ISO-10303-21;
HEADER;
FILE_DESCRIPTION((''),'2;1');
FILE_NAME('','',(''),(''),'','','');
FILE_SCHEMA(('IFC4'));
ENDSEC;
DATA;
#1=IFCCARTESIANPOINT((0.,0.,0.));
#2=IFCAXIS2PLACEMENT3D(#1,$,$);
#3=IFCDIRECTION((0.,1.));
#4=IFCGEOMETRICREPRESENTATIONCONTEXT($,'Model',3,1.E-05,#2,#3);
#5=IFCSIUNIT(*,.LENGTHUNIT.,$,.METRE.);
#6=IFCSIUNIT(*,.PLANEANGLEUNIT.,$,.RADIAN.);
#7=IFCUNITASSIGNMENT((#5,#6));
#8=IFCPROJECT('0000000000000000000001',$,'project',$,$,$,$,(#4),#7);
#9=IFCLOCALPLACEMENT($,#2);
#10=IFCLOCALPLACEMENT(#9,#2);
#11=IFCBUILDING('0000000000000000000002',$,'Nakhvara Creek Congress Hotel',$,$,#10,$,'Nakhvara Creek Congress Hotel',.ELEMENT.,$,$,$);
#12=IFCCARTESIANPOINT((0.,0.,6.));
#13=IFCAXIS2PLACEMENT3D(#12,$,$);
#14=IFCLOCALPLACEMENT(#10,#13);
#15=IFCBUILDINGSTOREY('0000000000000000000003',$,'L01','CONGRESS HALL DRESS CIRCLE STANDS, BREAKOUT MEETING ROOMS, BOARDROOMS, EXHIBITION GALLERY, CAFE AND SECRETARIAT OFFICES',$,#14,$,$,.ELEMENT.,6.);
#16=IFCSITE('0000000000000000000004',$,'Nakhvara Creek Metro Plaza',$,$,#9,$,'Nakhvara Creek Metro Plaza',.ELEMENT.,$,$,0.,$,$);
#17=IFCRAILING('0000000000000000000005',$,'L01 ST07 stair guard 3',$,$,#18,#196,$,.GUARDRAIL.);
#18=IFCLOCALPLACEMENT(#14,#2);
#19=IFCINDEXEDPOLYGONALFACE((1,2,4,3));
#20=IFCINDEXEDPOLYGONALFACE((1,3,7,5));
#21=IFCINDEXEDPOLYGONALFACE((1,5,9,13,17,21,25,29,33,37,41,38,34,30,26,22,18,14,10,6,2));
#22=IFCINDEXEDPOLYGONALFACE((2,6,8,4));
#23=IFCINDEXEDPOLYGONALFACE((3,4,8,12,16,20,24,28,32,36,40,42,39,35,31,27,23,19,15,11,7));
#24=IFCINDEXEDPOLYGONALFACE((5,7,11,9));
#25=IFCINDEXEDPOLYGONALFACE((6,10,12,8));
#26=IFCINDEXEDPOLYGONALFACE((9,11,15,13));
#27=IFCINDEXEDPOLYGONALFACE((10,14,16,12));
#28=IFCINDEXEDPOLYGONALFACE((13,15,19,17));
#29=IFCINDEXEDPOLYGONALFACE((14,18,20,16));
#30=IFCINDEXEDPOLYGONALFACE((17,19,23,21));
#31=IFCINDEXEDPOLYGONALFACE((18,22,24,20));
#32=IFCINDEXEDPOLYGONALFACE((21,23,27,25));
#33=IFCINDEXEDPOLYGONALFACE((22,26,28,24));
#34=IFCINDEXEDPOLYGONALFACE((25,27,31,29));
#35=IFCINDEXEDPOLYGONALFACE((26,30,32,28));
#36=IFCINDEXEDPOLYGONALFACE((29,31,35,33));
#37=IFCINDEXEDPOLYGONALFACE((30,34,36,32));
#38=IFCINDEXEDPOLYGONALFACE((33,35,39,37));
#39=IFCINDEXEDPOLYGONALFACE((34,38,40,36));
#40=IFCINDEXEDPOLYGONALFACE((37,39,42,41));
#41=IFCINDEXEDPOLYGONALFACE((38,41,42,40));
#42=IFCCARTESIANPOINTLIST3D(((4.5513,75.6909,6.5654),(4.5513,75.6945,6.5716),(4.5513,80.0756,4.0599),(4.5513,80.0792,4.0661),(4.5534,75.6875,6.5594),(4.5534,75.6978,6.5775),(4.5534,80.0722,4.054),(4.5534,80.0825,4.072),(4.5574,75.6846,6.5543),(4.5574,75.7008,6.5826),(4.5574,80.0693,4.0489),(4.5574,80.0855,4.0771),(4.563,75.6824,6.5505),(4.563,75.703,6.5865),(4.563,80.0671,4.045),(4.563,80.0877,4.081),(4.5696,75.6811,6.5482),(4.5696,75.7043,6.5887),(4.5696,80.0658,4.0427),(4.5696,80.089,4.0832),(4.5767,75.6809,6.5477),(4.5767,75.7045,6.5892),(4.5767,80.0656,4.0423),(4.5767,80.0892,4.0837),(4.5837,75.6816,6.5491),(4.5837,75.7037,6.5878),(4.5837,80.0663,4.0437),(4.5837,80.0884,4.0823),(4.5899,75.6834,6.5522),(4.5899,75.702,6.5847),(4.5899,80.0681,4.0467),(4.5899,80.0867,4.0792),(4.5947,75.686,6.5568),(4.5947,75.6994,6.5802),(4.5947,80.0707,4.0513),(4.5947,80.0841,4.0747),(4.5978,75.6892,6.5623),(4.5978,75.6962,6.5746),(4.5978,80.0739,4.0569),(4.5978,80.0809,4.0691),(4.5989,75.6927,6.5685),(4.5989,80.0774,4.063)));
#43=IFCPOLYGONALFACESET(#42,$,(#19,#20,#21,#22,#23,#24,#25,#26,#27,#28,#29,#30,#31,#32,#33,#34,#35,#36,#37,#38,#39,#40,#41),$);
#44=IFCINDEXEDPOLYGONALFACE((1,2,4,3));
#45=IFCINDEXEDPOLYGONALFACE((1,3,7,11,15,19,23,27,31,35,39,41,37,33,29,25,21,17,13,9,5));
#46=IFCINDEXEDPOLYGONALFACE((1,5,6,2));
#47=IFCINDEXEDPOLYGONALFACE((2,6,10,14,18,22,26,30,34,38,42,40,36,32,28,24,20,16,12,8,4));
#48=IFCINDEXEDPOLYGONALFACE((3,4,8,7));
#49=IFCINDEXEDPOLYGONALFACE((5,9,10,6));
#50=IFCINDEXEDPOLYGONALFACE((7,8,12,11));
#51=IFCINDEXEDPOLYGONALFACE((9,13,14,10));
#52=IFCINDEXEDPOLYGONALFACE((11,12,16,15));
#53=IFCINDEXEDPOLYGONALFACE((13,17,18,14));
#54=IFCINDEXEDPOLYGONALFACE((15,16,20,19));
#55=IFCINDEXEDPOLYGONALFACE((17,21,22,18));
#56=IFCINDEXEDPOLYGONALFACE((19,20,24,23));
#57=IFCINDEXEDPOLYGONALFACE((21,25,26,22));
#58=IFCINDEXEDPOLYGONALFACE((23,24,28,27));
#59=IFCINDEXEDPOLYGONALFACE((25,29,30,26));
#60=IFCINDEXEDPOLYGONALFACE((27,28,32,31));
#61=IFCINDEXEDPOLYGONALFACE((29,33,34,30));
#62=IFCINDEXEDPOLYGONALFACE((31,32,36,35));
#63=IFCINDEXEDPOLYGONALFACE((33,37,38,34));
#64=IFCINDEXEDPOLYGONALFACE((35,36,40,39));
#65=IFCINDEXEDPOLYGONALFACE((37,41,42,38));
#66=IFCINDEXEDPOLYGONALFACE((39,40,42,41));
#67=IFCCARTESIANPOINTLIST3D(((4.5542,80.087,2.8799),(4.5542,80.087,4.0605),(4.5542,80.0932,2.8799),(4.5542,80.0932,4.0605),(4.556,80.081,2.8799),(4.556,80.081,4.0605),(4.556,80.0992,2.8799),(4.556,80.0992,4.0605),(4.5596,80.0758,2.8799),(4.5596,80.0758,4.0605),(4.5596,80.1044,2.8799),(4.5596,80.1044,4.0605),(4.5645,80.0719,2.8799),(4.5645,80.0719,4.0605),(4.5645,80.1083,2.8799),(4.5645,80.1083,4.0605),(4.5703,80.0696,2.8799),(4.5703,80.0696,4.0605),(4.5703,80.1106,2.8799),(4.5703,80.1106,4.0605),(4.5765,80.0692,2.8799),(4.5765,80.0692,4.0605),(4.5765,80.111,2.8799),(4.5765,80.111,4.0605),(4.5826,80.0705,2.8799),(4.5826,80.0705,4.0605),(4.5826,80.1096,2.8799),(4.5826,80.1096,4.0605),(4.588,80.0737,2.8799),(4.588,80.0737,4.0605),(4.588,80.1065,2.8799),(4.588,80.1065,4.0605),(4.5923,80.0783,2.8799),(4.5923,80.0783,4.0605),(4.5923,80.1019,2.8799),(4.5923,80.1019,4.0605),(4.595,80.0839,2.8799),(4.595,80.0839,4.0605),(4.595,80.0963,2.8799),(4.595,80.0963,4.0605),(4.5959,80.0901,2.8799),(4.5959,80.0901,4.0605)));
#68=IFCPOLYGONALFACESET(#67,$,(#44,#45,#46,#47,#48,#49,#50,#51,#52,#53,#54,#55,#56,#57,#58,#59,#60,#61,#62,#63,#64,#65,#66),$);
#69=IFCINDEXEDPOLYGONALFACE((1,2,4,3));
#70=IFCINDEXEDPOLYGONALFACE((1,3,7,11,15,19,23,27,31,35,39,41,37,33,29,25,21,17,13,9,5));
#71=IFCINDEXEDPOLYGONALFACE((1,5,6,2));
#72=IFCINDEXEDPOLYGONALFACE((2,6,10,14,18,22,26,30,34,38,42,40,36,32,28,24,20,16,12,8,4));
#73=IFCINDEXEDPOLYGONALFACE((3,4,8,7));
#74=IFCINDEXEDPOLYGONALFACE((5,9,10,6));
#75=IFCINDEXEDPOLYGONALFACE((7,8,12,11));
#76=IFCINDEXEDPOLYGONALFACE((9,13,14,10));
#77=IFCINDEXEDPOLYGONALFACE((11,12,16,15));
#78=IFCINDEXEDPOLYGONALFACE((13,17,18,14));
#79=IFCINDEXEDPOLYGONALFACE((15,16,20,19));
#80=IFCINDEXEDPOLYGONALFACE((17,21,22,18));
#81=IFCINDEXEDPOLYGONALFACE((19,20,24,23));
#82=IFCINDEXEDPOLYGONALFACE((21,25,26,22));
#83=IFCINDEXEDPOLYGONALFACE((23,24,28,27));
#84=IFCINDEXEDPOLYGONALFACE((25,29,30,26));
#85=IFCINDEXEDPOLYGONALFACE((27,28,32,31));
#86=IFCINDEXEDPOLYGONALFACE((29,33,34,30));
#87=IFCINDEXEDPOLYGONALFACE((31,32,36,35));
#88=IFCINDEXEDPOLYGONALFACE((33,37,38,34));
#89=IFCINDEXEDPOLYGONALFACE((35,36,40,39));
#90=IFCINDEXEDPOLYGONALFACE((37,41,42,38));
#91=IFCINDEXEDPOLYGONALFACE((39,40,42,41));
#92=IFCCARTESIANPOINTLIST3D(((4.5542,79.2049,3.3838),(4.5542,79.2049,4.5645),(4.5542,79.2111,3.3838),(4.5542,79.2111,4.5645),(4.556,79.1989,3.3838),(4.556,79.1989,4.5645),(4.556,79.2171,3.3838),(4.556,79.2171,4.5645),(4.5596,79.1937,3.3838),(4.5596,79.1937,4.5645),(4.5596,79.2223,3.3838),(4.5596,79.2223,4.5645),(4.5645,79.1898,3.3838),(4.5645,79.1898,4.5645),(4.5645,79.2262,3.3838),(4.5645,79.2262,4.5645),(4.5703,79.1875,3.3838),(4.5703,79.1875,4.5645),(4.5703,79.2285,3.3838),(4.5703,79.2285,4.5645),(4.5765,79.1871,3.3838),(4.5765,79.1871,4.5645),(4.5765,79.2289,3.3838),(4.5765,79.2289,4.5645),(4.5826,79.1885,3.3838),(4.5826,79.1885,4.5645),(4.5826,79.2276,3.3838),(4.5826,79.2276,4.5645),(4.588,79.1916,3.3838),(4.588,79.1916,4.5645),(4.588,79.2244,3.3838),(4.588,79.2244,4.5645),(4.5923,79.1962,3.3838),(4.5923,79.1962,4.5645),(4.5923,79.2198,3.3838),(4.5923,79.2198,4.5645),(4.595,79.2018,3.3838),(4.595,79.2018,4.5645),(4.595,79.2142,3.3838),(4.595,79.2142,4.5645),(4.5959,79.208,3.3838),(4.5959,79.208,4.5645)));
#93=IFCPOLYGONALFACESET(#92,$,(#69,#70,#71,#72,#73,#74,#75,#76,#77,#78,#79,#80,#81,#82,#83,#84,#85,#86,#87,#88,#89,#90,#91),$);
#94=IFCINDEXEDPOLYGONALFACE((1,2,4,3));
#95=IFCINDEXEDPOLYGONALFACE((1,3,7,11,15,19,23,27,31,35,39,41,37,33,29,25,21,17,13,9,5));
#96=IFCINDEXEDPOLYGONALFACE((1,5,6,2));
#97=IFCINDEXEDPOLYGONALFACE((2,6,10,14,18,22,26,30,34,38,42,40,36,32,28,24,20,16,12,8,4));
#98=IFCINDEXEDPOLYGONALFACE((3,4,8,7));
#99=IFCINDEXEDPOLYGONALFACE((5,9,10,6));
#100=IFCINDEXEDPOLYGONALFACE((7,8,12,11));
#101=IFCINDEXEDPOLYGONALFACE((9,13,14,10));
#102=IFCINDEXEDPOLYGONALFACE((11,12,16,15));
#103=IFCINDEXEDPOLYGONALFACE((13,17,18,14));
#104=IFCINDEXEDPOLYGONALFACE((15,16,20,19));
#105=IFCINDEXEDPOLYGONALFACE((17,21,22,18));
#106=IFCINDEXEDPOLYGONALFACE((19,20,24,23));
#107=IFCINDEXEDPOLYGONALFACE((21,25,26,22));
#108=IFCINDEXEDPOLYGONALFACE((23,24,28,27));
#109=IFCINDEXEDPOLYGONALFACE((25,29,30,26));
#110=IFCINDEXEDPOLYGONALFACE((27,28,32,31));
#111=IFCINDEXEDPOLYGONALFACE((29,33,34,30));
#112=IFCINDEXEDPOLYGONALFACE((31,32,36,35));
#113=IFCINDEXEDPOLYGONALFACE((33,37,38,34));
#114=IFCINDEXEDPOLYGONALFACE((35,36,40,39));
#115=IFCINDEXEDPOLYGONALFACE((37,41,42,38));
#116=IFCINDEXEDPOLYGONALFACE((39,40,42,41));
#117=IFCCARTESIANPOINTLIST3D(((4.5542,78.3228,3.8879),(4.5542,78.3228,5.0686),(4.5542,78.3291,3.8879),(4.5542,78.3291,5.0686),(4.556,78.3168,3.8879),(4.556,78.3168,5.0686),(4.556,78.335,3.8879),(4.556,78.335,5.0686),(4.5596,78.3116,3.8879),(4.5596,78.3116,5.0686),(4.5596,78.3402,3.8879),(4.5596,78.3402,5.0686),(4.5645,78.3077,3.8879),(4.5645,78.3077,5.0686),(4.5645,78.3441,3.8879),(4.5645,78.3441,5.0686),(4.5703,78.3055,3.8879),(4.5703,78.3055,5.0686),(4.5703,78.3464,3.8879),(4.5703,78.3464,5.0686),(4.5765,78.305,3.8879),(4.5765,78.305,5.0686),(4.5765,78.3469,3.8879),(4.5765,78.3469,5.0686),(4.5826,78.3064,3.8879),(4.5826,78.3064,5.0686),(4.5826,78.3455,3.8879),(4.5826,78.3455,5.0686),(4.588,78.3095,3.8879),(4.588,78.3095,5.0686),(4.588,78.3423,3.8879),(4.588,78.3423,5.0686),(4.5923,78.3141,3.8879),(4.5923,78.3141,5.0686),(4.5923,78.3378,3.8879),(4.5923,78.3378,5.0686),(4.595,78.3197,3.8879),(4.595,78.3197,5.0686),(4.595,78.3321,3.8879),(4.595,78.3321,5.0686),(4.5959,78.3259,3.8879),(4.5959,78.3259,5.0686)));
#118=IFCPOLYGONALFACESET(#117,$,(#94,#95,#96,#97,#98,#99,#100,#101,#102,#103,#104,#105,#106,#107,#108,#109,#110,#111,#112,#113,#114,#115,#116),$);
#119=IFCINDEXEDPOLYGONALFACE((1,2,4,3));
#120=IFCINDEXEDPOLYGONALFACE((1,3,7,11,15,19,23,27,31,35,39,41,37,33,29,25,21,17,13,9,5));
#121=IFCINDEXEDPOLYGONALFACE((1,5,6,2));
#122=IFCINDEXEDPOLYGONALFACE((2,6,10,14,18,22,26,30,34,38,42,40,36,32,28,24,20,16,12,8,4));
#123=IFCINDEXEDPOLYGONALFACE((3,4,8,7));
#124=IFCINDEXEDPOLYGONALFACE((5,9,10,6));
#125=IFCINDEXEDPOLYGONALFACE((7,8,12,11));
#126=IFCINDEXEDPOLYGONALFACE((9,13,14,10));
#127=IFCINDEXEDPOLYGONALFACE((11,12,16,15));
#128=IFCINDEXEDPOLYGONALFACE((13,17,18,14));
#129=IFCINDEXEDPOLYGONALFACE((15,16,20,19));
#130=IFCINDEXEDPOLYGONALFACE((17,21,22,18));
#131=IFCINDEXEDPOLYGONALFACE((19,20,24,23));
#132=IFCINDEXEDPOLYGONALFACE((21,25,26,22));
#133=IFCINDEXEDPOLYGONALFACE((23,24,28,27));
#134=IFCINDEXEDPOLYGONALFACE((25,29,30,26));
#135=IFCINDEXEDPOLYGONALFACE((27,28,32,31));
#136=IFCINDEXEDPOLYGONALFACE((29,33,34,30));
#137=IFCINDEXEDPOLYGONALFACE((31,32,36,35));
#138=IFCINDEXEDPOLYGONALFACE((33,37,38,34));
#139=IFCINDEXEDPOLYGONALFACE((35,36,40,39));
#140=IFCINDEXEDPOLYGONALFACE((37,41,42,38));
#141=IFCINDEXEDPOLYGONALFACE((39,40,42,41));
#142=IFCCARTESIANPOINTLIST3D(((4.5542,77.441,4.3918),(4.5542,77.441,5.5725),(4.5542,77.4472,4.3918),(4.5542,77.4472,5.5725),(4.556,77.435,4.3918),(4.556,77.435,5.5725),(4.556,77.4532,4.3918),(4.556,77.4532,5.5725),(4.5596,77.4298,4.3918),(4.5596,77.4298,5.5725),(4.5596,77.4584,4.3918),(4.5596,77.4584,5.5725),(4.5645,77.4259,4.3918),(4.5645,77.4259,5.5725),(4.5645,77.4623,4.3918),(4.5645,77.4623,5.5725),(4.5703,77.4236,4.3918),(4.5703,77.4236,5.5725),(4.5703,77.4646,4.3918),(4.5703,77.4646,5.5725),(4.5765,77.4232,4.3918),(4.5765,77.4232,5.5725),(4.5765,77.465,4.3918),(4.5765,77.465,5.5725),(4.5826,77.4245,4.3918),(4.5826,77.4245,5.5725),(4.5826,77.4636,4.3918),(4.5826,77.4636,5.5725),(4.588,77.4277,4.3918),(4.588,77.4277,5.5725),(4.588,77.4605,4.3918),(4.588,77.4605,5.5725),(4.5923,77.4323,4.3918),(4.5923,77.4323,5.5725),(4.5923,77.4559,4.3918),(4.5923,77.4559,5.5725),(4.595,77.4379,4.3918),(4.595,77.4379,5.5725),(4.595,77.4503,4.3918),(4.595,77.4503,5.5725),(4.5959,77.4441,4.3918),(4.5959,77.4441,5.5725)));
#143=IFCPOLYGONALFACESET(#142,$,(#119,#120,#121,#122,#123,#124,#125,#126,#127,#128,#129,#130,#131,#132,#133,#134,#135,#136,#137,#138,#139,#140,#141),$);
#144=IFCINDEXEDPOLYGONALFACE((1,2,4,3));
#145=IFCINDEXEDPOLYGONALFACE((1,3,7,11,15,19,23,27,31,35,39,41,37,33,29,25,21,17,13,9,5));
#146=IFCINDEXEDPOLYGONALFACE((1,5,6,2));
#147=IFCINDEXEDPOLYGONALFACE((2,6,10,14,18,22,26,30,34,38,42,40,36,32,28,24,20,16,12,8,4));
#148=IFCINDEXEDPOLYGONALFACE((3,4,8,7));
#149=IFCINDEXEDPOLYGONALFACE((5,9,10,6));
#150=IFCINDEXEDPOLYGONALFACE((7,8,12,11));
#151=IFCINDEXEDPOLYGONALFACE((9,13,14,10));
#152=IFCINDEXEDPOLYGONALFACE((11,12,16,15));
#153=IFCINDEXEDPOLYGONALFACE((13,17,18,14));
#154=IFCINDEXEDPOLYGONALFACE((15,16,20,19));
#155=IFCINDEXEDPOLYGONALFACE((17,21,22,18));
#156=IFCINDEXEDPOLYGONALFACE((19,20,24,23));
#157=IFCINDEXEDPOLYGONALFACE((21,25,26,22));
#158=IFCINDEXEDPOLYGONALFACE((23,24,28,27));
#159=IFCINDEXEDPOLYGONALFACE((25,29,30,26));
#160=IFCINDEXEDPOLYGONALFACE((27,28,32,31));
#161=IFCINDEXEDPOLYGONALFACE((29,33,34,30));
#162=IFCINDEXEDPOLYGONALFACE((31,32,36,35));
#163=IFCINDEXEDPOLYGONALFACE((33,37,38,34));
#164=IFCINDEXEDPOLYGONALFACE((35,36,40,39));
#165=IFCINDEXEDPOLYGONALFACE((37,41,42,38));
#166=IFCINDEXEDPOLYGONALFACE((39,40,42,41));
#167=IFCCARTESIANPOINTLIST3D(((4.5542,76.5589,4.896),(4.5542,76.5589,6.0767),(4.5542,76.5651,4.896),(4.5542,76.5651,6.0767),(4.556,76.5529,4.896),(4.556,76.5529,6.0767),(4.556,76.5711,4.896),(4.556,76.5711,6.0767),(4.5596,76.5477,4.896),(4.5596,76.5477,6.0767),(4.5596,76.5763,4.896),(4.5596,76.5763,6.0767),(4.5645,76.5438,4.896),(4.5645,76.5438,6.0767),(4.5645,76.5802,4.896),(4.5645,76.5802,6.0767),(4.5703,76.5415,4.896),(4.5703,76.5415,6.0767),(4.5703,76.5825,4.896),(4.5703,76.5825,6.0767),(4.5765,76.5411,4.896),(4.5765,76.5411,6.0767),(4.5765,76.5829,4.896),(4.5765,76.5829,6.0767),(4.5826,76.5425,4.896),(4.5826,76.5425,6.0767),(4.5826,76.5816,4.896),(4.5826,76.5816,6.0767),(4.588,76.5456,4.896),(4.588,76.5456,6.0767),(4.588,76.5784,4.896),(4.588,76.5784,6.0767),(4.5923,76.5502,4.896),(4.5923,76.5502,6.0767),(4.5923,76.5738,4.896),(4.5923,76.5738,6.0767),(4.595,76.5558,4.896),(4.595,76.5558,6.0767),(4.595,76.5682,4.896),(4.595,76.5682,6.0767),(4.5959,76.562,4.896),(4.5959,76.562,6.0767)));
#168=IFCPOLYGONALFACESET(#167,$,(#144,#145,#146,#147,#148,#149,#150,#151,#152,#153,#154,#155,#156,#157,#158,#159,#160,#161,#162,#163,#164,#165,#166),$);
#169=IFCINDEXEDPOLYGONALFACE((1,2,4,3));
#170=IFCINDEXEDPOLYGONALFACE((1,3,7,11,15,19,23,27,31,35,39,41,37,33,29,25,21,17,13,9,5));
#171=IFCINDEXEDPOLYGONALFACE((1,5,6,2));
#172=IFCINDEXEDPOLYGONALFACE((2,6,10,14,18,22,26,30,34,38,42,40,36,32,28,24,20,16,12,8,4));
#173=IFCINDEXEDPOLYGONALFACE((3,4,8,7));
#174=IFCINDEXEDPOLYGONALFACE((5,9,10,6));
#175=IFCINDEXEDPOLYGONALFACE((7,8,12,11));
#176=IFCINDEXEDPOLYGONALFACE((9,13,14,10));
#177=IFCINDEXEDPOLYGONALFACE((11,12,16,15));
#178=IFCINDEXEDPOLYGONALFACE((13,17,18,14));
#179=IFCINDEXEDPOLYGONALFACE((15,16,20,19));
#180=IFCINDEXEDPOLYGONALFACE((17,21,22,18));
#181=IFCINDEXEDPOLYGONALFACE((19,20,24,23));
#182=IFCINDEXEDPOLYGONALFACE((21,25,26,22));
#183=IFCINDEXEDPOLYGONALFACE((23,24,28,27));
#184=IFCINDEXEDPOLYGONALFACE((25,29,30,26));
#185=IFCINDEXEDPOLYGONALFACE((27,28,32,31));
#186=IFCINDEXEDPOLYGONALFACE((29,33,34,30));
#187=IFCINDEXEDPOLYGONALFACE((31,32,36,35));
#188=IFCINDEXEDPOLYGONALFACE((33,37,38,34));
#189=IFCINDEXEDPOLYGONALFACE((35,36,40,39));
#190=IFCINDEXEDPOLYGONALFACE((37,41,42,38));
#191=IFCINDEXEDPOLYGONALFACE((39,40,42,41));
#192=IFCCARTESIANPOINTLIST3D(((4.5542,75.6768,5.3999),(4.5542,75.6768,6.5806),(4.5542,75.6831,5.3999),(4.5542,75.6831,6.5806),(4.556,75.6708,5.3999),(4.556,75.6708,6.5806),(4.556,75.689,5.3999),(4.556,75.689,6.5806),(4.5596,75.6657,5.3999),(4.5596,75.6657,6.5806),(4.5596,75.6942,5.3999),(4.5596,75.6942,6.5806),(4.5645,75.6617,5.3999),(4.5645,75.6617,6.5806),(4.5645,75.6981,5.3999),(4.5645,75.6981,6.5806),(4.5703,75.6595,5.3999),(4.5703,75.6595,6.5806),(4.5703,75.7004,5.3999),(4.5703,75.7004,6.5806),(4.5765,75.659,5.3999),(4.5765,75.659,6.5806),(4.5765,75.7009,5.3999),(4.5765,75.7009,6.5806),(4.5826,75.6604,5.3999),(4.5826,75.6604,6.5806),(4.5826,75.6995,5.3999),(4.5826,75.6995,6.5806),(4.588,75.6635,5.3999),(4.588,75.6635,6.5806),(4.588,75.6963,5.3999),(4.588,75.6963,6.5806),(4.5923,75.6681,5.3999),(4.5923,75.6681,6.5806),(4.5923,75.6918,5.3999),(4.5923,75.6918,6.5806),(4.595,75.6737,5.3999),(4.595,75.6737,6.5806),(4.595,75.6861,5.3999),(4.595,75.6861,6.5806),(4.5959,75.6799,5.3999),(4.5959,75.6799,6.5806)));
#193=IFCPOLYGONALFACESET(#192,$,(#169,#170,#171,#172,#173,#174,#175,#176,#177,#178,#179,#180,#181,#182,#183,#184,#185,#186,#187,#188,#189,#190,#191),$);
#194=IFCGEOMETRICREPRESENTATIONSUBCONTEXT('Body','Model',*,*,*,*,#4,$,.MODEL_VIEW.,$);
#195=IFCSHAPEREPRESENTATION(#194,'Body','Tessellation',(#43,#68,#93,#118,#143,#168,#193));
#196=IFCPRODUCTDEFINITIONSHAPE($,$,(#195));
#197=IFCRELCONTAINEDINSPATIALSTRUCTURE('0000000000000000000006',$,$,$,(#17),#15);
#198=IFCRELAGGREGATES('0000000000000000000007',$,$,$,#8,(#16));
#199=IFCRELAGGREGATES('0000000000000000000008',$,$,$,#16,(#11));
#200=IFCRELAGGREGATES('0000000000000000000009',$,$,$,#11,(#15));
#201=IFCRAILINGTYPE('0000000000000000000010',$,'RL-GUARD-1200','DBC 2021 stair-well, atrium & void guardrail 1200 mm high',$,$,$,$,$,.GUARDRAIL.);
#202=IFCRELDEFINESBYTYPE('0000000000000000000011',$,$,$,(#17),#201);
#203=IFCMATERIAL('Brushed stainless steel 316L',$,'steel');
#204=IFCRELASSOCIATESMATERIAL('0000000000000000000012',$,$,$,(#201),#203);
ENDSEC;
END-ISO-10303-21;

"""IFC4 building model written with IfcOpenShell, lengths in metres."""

from ifc_helpers import new_model, si_unit, direction, frame, origin, origin_2d, place, context, subcontext, project, spatial, circle, extrude, material, type_object, element, save


model = new_model("IFC4")

# Units and contexts
model_context = context("Model", 3, precision=1e-05, world=origin(), true_north=direction((0.0, 1.0)))
body_context = subcontext(model_context, "Body", "Model", "MODEL_VIEW")
ifc_project = project(units=[si_unit("LENGTHUNIT", "METRE"), si_unit("PLANEANGLEUNIT", "RADIAN")], contexts=[model_context])

# Site, building, storey
site_placement = place(None, origin())
site = spatial("IfcSite", under=ifc_project, at=site_placement, Name="Nakhvara Creek Metro Plaza", LongName="Nakhvara Creek Metro Plaza", CompositionType="ELEMENT", RefElevation=0.0)
building_placement = place(site_placement, origin())
building = spatial("IfcBuilding", under=site, at=building_placement, Name="Nakhvara Creek Congress Hotel", LongName="Nakhvara Creek Congress Hotel", CompositionType="ELEMENT")
storey_placement = place(building_placement, frame((0.0, 0.0, 6.0)))
storey = spatial("IfcBuildingStorey", under=building, at=storey_placement, Name="L01", Description="CONGRESS HALL DRESS CIRCLE STANDS, BREAKOUT MEETING ROOMS, BOARDROOMS, EXHIBITION GALLERY, CAFE AND SECRETARIAT OFFICES", CompositionType="ELEMENT", Elevation=6.0)

# Railing
ifc_material_1 = material(Name="Brushed stainless steel 316L", Category="steel")
railing_type_1 = type_object("IfcRailingType", Name="RL-GUARD-1200", Description="DBC 2021 stair-well, atrium & void guardrail 1200 mm high", PredefinedType="GUARDRAIL", material=ifc_material_1)
railing_1_placement = place(storey_placement, frame((4.575, 80.0901, 2.8799)))
element("IfcRailing", 1, at=railing_1_placement, inside=storey, type_object=railing_type_1, Name="L01 ST07 stair guard 3", PredefinedType="GUARDRAIL", context=body_context, shape_type="SweptSolid", body=[
    extrude(circle(Radius=0.0239, at=origin_2d()), frame((0.0, -0.0127, 1.1831), z_axis=(0.0, -0.868249, 0.496129), x_axis=(1.0, 0.0, 0.0)), (0.0, 0.0, 1.0), 5.05),
    extrude(circle(Radius=0.021, at=origin_2d()), origin(), (0.0, 0.0, 1.0), 1.1807),
    extrude(circle(Radius=0.021, at=origin_2d()), frame((0.0, -0.8821, 0.5039)), (0.0, 0.0, 1.0), 1.1807),
    extrude(circle(Radius=0.021, at=origin_2d()), frame((0.0, -1.7642, 1.0081)), (0.0, 0.0, 1.0), 1.1807),
    extrude(circle(Radius=0.021, at=origin_2d()), frame((0.0, -2.646, 1.512)), (0.0, 0.0, 1.0), 1.1807),
    extrude(circle(Radius=0.021, at=origin_2d()), frame((0.0, -3.5281, 2.0161)), (0.0, 0.0, 1.0), 1.1807),
    extrude(circle(Radius=0.021, at=origin_2d()), frame((0.0, -4.4102, 2.52)), (0.0, 0.0, 1.0), 1.1807),
])

save(model, "model.ifc")
